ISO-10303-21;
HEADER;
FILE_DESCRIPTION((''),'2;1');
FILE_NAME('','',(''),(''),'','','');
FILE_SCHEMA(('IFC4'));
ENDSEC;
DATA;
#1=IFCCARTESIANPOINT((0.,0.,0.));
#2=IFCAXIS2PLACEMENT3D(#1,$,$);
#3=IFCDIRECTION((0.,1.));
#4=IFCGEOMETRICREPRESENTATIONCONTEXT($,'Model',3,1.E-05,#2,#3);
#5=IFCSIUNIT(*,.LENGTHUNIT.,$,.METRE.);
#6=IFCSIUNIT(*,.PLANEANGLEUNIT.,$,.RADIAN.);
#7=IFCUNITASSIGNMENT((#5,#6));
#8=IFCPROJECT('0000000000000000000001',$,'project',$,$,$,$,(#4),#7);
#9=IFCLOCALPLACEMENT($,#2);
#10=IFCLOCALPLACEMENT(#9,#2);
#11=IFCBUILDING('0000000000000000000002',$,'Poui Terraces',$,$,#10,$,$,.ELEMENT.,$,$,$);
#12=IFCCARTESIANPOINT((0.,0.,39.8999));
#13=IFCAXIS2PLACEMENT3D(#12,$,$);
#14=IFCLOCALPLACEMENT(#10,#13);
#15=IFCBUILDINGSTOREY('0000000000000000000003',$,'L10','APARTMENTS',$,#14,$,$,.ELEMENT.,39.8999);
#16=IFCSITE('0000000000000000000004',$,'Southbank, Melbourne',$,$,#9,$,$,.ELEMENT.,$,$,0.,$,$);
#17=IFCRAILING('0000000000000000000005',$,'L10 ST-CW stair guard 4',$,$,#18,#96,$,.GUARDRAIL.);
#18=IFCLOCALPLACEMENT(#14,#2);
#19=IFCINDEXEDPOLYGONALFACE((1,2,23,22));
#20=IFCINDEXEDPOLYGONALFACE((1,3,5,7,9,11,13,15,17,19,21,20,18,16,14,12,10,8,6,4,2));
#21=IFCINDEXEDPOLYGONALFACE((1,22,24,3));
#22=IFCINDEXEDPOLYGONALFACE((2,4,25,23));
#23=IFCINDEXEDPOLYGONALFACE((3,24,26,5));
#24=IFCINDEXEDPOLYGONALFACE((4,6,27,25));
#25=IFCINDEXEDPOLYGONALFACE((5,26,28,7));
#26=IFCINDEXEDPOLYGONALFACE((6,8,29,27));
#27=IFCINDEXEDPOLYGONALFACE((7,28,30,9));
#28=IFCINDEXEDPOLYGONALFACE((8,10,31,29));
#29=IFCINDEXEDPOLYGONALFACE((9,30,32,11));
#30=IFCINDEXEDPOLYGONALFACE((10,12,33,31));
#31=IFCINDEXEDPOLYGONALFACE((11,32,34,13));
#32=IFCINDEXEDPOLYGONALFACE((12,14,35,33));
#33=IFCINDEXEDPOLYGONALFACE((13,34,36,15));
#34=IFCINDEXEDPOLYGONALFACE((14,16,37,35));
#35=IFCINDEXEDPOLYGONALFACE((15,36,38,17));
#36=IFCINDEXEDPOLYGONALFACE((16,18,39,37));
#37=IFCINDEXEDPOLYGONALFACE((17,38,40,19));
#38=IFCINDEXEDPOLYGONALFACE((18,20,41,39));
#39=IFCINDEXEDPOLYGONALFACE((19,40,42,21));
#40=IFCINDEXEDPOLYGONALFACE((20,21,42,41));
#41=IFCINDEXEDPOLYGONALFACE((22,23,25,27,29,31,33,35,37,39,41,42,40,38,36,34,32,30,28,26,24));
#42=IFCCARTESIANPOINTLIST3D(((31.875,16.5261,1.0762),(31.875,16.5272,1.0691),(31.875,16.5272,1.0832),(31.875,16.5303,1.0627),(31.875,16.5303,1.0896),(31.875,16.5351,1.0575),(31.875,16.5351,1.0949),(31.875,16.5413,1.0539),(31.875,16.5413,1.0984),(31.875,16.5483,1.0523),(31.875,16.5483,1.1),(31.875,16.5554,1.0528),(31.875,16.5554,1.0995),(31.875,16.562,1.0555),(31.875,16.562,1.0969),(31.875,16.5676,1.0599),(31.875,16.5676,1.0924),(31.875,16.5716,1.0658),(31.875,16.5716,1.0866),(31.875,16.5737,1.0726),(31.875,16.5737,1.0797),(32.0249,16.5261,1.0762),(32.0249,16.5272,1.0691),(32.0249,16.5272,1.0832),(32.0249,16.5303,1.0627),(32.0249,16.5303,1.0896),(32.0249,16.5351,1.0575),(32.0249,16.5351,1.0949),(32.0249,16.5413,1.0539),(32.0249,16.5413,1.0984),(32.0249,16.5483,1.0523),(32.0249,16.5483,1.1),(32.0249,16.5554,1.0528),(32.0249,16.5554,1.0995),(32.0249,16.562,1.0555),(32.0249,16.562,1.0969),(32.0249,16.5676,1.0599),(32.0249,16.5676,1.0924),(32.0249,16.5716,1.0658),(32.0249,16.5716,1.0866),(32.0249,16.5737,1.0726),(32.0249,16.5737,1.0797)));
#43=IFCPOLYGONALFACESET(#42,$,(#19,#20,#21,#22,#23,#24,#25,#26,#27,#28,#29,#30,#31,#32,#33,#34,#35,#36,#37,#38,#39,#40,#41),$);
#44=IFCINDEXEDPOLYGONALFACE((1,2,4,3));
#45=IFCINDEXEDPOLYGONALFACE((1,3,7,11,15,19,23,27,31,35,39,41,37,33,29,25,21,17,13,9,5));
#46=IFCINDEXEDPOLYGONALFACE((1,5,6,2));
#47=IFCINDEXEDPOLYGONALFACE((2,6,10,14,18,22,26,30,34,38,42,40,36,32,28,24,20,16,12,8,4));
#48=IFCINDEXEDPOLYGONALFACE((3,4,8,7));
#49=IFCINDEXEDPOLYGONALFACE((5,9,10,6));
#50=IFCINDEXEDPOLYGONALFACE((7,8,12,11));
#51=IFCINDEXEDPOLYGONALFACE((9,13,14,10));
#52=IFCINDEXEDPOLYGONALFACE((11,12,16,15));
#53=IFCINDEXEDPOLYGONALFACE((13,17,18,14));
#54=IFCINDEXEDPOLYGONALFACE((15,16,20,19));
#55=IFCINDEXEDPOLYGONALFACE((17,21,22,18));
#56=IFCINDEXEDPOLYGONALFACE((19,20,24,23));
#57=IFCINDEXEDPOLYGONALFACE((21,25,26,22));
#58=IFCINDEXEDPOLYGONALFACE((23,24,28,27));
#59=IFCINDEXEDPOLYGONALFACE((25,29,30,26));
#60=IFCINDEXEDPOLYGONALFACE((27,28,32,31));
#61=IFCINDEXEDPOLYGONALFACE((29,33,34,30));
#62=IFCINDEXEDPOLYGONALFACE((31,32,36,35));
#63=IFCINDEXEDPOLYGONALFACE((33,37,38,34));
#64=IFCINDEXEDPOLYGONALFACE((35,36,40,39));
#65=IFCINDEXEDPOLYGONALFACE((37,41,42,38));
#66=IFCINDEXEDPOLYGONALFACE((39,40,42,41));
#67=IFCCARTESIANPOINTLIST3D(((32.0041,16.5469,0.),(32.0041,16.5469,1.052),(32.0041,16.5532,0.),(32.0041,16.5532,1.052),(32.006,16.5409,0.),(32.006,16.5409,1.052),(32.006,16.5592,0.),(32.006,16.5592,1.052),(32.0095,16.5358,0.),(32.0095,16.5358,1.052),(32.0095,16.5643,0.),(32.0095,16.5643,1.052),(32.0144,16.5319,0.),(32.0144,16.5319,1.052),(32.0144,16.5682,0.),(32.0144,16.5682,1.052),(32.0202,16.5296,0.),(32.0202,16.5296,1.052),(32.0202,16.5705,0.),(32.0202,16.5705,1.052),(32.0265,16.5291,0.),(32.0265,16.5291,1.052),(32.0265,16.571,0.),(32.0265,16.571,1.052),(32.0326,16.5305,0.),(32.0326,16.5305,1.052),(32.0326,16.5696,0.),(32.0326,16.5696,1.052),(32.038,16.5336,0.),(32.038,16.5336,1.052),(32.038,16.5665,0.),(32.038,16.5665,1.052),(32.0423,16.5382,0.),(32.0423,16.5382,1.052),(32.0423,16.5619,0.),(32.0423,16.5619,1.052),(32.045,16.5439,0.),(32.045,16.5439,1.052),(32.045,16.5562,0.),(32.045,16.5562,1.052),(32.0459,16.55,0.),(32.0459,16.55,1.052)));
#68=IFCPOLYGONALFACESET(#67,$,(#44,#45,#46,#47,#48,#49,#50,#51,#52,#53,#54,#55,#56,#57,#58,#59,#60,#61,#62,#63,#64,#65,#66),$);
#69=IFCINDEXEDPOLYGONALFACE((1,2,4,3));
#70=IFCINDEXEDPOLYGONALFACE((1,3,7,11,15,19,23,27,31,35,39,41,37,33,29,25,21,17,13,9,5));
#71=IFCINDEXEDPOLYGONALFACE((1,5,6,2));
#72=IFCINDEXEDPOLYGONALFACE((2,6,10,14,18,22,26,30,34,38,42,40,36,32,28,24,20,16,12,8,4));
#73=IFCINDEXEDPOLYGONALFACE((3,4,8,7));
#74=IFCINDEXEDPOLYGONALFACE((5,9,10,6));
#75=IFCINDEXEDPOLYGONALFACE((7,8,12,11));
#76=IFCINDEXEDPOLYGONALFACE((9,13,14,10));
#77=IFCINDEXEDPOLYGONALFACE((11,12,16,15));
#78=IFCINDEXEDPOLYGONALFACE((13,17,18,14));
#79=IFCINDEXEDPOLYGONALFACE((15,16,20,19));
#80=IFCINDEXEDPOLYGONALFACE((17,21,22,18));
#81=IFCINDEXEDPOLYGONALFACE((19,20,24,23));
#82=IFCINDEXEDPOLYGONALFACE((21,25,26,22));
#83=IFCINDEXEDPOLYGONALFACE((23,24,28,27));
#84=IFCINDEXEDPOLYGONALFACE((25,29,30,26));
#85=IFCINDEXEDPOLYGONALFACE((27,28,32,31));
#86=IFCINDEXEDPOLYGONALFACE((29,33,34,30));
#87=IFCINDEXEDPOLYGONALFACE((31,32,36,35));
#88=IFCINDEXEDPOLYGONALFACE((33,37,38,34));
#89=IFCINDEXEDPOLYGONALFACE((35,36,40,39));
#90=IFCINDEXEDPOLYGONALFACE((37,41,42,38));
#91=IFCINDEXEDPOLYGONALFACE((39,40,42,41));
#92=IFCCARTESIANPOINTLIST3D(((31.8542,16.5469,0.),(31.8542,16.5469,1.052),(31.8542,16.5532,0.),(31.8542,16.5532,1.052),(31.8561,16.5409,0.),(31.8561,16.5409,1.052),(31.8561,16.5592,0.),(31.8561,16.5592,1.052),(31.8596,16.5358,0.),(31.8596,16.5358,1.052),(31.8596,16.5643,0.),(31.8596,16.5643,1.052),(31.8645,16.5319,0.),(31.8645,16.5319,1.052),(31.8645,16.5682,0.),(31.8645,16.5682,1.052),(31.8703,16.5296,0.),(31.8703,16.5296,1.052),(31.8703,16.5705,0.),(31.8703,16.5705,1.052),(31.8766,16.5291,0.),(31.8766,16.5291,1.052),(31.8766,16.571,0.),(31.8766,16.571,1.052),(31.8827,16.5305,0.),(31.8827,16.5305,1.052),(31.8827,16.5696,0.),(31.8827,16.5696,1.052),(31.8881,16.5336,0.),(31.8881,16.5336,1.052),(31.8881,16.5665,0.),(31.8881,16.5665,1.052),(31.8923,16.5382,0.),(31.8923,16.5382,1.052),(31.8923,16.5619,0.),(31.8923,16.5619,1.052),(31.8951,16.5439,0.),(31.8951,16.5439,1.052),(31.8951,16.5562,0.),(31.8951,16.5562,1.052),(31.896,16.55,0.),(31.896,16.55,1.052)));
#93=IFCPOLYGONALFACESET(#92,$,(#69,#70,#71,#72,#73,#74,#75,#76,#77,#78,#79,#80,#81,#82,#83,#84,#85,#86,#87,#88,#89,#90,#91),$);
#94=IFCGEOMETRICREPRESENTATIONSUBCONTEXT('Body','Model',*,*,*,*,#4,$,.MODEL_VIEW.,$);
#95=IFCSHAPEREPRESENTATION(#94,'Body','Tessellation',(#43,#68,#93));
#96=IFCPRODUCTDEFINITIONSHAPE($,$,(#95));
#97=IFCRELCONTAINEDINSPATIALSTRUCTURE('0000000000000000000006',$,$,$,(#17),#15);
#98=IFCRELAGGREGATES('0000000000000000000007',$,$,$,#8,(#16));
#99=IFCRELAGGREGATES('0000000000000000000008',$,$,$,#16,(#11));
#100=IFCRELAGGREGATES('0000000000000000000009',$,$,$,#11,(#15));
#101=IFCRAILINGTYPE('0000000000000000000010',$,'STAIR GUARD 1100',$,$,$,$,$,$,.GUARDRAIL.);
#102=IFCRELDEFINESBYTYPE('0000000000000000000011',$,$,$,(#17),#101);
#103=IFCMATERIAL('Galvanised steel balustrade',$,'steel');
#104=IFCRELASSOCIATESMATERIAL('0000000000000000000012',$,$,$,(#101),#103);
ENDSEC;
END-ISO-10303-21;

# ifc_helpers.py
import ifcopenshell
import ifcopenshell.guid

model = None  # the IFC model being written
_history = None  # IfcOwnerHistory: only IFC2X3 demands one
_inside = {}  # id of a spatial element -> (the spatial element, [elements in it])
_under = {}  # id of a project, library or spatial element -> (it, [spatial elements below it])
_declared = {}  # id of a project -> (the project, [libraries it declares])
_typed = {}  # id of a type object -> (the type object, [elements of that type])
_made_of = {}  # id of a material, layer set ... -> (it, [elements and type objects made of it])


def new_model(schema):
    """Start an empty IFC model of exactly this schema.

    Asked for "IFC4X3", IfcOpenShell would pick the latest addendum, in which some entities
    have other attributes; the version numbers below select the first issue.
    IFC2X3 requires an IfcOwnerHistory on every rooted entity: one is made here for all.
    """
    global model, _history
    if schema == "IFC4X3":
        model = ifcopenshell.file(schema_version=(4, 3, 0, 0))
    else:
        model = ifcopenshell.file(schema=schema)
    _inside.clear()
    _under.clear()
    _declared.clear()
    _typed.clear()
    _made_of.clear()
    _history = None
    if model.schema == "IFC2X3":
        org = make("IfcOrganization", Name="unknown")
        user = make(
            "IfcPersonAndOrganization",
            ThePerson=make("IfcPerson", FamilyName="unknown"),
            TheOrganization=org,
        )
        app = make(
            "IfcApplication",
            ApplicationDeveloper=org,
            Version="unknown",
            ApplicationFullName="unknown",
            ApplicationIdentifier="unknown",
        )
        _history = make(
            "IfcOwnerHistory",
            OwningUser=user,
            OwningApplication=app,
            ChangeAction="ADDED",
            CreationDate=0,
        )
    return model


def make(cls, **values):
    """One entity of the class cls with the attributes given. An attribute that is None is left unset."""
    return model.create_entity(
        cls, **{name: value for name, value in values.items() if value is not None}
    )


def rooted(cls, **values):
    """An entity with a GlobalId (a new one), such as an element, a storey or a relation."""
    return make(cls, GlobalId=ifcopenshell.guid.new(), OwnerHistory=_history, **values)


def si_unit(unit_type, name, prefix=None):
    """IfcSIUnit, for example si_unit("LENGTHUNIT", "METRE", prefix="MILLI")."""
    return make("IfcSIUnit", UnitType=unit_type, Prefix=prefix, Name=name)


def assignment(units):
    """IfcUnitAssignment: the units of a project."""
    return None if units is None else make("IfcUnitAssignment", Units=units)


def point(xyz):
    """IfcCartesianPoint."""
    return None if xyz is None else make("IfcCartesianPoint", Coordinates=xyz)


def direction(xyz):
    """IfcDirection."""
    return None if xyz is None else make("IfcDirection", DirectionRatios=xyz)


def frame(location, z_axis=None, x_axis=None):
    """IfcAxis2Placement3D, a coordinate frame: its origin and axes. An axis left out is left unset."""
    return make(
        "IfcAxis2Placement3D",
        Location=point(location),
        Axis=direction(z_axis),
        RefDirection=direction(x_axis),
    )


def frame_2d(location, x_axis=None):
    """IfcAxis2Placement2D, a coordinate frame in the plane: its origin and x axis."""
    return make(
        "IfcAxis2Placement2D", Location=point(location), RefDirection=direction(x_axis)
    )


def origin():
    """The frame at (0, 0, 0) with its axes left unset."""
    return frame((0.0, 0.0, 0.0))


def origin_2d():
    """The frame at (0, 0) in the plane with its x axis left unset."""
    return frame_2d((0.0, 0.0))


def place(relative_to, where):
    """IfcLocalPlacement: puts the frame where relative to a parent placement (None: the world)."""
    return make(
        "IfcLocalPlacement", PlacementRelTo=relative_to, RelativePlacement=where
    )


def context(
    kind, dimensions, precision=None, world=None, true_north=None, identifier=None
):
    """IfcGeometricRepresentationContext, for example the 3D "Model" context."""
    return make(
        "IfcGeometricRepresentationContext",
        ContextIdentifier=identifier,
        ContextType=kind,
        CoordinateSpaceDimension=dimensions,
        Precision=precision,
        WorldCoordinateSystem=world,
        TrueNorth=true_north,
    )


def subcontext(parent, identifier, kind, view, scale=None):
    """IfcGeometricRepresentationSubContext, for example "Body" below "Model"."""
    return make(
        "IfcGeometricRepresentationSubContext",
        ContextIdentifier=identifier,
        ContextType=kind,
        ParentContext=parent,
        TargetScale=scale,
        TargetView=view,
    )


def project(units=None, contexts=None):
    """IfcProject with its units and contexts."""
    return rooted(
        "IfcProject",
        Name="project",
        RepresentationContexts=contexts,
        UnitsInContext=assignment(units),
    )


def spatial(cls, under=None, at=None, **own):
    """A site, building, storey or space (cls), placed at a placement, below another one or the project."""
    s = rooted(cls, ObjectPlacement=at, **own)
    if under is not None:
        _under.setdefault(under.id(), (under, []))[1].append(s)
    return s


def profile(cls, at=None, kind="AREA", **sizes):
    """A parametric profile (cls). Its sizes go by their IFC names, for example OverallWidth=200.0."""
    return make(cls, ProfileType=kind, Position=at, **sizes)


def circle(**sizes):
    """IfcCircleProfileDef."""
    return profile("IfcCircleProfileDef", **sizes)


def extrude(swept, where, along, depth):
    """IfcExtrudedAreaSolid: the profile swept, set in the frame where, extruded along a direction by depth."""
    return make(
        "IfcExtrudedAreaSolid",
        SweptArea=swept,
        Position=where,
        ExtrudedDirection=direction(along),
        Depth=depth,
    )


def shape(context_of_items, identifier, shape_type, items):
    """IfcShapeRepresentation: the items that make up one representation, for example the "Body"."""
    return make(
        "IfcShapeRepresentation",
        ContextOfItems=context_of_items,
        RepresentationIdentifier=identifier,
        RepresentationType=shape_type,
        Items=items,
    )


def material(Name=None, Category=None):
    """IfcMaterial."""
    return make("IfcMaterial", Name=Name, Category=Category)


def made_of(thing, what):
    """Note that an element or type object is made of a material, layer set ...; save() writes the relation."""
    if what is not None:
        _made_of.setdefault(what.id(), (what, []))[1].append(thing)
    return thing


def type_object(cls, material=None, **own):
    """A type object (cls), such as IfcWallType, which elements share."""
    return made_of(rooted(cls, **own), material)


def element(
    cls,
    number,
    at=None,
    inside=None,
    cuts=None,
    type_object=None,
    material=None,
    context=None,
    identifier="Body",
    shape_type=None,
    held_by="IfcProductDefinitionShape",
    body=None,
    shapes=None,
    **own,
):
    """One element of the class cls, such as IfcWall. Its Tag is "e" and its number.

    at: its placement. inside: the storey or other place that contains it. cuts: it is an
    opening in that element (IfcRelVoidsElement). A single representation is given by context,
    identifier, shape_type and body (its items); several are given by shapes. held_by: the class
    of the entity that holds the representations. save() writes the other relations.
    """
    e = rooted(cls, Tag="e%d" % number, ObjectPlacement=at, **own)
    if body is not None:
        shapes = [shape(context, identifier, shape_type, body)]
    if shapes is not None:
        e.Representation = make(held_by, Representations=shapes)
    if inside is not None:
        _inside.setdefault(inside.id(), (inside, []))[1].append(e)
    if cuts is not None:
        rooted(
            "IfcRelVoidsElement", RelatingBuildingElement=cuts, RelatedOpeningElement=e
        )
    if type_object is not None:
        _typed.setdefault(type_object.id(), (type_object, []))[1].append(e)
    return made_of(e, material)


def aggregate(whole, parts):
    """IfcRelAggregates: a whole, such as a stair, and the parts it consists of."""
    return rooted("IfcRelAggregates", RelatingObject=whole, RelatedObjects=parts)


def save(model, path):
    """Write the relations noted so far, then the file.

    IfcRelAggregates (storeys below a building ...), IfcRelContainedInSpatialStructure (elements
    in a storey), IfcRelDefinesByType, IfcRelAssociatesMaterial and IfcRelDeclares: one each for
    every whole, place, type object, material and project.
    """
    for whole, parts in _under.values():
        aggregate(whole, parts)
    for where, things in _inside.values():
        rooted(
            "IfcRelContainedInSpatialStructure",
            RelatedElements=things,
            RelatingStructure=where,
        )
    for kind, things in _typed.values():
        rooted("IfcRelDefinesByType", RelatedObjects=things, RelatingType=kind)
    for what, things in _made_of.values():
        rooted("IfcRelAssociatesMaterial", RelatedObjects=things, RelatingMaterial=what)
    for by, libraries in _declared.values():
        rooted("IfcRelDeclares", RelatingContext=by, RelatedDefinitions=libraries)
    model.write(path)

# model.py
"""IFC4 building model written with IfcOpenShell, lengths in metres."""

from ifc_helpers import new_model, si_unit, direction, frame, origin, origin_2d, place, context, subcontext, project, spatial, circle, extrude, material, type_object, element, save


model = new_model("IFC4")

# Units and contexts
model_context = context("Model", 3, precision=1e-05, world=origin(), true_north=direction((0.0, 1.0)))
body_context = subcontext(model_context, "Body", "Model", "MODEL_VIEW")
ifc_project = project(units=[si_unit("LENGTHUNIT", "METRE"), si_unit("PLANEANGLEUNIT", "RADIAN")], contexts=[model_context])

# Site, building, storey
site_placement = place(None, origin())
site = spatial("IfcSite", under=ifc_project, at=site_placement, Name="Southbank, Melbourne", CompositionType="ELEMENT", RefElevation=0.0)
building_placement = place(site_placement, origin())
building = spatial("IfcBuilding", under=site, at=building_placement, Name="Poui Terraces", CompositionType="ELEMENT")
storey_placement = place(building_placement, frame((0.0, 0.0, 39.8999)))
storey = spatial("IfcBuildingStorey", under=building, at=storey_placement, Name="L10", Description="APARTMENTS", CompositionType="ELEMENT", Elevation=39.8999)

# Railing
ifc_material_1 = material(Name="Galvanised steel balustrade", Category="steel")
railing_type_1 = type_object("IfcRailingType", Name="STAIR GUARD 1100", PredefinedType="GUARDRAIL", material=ifc_material_1)
railing_1_placement = place(storey_placement, frame((32.0249, 16.55, 0.0)))
element("IfcRailing", 1, at=railing_1_placement, inside=storey, type_object=railing_type_1, Name="L10 ST-CW stair guard 4", PredefinedType="GUARDRAIL", context=body_context, shape_type="SweptSolid", body=[
    extrude(circle(Radius=0.0239, at=origin_2d()), frame((0.0, 0.0, 1.0762), z_axis=(-1.0, 0.0, 0.0), x_axis=(0.0, -1.0, 0.0)), (0.0, 0.0, 1.0), 0.1499),
    extrude(circle(Radius=0.021, at=origin_2d()), origin(), (0.0, 0.0, 1.0), 1.052),
    extrude(circle(Radius=0.021, at=origin_2d()), frame((-0.1499, 0.0, 0.0)), (0.0, 0.0, 1.0), 1.052),
])

save(model, "model.ifc")
